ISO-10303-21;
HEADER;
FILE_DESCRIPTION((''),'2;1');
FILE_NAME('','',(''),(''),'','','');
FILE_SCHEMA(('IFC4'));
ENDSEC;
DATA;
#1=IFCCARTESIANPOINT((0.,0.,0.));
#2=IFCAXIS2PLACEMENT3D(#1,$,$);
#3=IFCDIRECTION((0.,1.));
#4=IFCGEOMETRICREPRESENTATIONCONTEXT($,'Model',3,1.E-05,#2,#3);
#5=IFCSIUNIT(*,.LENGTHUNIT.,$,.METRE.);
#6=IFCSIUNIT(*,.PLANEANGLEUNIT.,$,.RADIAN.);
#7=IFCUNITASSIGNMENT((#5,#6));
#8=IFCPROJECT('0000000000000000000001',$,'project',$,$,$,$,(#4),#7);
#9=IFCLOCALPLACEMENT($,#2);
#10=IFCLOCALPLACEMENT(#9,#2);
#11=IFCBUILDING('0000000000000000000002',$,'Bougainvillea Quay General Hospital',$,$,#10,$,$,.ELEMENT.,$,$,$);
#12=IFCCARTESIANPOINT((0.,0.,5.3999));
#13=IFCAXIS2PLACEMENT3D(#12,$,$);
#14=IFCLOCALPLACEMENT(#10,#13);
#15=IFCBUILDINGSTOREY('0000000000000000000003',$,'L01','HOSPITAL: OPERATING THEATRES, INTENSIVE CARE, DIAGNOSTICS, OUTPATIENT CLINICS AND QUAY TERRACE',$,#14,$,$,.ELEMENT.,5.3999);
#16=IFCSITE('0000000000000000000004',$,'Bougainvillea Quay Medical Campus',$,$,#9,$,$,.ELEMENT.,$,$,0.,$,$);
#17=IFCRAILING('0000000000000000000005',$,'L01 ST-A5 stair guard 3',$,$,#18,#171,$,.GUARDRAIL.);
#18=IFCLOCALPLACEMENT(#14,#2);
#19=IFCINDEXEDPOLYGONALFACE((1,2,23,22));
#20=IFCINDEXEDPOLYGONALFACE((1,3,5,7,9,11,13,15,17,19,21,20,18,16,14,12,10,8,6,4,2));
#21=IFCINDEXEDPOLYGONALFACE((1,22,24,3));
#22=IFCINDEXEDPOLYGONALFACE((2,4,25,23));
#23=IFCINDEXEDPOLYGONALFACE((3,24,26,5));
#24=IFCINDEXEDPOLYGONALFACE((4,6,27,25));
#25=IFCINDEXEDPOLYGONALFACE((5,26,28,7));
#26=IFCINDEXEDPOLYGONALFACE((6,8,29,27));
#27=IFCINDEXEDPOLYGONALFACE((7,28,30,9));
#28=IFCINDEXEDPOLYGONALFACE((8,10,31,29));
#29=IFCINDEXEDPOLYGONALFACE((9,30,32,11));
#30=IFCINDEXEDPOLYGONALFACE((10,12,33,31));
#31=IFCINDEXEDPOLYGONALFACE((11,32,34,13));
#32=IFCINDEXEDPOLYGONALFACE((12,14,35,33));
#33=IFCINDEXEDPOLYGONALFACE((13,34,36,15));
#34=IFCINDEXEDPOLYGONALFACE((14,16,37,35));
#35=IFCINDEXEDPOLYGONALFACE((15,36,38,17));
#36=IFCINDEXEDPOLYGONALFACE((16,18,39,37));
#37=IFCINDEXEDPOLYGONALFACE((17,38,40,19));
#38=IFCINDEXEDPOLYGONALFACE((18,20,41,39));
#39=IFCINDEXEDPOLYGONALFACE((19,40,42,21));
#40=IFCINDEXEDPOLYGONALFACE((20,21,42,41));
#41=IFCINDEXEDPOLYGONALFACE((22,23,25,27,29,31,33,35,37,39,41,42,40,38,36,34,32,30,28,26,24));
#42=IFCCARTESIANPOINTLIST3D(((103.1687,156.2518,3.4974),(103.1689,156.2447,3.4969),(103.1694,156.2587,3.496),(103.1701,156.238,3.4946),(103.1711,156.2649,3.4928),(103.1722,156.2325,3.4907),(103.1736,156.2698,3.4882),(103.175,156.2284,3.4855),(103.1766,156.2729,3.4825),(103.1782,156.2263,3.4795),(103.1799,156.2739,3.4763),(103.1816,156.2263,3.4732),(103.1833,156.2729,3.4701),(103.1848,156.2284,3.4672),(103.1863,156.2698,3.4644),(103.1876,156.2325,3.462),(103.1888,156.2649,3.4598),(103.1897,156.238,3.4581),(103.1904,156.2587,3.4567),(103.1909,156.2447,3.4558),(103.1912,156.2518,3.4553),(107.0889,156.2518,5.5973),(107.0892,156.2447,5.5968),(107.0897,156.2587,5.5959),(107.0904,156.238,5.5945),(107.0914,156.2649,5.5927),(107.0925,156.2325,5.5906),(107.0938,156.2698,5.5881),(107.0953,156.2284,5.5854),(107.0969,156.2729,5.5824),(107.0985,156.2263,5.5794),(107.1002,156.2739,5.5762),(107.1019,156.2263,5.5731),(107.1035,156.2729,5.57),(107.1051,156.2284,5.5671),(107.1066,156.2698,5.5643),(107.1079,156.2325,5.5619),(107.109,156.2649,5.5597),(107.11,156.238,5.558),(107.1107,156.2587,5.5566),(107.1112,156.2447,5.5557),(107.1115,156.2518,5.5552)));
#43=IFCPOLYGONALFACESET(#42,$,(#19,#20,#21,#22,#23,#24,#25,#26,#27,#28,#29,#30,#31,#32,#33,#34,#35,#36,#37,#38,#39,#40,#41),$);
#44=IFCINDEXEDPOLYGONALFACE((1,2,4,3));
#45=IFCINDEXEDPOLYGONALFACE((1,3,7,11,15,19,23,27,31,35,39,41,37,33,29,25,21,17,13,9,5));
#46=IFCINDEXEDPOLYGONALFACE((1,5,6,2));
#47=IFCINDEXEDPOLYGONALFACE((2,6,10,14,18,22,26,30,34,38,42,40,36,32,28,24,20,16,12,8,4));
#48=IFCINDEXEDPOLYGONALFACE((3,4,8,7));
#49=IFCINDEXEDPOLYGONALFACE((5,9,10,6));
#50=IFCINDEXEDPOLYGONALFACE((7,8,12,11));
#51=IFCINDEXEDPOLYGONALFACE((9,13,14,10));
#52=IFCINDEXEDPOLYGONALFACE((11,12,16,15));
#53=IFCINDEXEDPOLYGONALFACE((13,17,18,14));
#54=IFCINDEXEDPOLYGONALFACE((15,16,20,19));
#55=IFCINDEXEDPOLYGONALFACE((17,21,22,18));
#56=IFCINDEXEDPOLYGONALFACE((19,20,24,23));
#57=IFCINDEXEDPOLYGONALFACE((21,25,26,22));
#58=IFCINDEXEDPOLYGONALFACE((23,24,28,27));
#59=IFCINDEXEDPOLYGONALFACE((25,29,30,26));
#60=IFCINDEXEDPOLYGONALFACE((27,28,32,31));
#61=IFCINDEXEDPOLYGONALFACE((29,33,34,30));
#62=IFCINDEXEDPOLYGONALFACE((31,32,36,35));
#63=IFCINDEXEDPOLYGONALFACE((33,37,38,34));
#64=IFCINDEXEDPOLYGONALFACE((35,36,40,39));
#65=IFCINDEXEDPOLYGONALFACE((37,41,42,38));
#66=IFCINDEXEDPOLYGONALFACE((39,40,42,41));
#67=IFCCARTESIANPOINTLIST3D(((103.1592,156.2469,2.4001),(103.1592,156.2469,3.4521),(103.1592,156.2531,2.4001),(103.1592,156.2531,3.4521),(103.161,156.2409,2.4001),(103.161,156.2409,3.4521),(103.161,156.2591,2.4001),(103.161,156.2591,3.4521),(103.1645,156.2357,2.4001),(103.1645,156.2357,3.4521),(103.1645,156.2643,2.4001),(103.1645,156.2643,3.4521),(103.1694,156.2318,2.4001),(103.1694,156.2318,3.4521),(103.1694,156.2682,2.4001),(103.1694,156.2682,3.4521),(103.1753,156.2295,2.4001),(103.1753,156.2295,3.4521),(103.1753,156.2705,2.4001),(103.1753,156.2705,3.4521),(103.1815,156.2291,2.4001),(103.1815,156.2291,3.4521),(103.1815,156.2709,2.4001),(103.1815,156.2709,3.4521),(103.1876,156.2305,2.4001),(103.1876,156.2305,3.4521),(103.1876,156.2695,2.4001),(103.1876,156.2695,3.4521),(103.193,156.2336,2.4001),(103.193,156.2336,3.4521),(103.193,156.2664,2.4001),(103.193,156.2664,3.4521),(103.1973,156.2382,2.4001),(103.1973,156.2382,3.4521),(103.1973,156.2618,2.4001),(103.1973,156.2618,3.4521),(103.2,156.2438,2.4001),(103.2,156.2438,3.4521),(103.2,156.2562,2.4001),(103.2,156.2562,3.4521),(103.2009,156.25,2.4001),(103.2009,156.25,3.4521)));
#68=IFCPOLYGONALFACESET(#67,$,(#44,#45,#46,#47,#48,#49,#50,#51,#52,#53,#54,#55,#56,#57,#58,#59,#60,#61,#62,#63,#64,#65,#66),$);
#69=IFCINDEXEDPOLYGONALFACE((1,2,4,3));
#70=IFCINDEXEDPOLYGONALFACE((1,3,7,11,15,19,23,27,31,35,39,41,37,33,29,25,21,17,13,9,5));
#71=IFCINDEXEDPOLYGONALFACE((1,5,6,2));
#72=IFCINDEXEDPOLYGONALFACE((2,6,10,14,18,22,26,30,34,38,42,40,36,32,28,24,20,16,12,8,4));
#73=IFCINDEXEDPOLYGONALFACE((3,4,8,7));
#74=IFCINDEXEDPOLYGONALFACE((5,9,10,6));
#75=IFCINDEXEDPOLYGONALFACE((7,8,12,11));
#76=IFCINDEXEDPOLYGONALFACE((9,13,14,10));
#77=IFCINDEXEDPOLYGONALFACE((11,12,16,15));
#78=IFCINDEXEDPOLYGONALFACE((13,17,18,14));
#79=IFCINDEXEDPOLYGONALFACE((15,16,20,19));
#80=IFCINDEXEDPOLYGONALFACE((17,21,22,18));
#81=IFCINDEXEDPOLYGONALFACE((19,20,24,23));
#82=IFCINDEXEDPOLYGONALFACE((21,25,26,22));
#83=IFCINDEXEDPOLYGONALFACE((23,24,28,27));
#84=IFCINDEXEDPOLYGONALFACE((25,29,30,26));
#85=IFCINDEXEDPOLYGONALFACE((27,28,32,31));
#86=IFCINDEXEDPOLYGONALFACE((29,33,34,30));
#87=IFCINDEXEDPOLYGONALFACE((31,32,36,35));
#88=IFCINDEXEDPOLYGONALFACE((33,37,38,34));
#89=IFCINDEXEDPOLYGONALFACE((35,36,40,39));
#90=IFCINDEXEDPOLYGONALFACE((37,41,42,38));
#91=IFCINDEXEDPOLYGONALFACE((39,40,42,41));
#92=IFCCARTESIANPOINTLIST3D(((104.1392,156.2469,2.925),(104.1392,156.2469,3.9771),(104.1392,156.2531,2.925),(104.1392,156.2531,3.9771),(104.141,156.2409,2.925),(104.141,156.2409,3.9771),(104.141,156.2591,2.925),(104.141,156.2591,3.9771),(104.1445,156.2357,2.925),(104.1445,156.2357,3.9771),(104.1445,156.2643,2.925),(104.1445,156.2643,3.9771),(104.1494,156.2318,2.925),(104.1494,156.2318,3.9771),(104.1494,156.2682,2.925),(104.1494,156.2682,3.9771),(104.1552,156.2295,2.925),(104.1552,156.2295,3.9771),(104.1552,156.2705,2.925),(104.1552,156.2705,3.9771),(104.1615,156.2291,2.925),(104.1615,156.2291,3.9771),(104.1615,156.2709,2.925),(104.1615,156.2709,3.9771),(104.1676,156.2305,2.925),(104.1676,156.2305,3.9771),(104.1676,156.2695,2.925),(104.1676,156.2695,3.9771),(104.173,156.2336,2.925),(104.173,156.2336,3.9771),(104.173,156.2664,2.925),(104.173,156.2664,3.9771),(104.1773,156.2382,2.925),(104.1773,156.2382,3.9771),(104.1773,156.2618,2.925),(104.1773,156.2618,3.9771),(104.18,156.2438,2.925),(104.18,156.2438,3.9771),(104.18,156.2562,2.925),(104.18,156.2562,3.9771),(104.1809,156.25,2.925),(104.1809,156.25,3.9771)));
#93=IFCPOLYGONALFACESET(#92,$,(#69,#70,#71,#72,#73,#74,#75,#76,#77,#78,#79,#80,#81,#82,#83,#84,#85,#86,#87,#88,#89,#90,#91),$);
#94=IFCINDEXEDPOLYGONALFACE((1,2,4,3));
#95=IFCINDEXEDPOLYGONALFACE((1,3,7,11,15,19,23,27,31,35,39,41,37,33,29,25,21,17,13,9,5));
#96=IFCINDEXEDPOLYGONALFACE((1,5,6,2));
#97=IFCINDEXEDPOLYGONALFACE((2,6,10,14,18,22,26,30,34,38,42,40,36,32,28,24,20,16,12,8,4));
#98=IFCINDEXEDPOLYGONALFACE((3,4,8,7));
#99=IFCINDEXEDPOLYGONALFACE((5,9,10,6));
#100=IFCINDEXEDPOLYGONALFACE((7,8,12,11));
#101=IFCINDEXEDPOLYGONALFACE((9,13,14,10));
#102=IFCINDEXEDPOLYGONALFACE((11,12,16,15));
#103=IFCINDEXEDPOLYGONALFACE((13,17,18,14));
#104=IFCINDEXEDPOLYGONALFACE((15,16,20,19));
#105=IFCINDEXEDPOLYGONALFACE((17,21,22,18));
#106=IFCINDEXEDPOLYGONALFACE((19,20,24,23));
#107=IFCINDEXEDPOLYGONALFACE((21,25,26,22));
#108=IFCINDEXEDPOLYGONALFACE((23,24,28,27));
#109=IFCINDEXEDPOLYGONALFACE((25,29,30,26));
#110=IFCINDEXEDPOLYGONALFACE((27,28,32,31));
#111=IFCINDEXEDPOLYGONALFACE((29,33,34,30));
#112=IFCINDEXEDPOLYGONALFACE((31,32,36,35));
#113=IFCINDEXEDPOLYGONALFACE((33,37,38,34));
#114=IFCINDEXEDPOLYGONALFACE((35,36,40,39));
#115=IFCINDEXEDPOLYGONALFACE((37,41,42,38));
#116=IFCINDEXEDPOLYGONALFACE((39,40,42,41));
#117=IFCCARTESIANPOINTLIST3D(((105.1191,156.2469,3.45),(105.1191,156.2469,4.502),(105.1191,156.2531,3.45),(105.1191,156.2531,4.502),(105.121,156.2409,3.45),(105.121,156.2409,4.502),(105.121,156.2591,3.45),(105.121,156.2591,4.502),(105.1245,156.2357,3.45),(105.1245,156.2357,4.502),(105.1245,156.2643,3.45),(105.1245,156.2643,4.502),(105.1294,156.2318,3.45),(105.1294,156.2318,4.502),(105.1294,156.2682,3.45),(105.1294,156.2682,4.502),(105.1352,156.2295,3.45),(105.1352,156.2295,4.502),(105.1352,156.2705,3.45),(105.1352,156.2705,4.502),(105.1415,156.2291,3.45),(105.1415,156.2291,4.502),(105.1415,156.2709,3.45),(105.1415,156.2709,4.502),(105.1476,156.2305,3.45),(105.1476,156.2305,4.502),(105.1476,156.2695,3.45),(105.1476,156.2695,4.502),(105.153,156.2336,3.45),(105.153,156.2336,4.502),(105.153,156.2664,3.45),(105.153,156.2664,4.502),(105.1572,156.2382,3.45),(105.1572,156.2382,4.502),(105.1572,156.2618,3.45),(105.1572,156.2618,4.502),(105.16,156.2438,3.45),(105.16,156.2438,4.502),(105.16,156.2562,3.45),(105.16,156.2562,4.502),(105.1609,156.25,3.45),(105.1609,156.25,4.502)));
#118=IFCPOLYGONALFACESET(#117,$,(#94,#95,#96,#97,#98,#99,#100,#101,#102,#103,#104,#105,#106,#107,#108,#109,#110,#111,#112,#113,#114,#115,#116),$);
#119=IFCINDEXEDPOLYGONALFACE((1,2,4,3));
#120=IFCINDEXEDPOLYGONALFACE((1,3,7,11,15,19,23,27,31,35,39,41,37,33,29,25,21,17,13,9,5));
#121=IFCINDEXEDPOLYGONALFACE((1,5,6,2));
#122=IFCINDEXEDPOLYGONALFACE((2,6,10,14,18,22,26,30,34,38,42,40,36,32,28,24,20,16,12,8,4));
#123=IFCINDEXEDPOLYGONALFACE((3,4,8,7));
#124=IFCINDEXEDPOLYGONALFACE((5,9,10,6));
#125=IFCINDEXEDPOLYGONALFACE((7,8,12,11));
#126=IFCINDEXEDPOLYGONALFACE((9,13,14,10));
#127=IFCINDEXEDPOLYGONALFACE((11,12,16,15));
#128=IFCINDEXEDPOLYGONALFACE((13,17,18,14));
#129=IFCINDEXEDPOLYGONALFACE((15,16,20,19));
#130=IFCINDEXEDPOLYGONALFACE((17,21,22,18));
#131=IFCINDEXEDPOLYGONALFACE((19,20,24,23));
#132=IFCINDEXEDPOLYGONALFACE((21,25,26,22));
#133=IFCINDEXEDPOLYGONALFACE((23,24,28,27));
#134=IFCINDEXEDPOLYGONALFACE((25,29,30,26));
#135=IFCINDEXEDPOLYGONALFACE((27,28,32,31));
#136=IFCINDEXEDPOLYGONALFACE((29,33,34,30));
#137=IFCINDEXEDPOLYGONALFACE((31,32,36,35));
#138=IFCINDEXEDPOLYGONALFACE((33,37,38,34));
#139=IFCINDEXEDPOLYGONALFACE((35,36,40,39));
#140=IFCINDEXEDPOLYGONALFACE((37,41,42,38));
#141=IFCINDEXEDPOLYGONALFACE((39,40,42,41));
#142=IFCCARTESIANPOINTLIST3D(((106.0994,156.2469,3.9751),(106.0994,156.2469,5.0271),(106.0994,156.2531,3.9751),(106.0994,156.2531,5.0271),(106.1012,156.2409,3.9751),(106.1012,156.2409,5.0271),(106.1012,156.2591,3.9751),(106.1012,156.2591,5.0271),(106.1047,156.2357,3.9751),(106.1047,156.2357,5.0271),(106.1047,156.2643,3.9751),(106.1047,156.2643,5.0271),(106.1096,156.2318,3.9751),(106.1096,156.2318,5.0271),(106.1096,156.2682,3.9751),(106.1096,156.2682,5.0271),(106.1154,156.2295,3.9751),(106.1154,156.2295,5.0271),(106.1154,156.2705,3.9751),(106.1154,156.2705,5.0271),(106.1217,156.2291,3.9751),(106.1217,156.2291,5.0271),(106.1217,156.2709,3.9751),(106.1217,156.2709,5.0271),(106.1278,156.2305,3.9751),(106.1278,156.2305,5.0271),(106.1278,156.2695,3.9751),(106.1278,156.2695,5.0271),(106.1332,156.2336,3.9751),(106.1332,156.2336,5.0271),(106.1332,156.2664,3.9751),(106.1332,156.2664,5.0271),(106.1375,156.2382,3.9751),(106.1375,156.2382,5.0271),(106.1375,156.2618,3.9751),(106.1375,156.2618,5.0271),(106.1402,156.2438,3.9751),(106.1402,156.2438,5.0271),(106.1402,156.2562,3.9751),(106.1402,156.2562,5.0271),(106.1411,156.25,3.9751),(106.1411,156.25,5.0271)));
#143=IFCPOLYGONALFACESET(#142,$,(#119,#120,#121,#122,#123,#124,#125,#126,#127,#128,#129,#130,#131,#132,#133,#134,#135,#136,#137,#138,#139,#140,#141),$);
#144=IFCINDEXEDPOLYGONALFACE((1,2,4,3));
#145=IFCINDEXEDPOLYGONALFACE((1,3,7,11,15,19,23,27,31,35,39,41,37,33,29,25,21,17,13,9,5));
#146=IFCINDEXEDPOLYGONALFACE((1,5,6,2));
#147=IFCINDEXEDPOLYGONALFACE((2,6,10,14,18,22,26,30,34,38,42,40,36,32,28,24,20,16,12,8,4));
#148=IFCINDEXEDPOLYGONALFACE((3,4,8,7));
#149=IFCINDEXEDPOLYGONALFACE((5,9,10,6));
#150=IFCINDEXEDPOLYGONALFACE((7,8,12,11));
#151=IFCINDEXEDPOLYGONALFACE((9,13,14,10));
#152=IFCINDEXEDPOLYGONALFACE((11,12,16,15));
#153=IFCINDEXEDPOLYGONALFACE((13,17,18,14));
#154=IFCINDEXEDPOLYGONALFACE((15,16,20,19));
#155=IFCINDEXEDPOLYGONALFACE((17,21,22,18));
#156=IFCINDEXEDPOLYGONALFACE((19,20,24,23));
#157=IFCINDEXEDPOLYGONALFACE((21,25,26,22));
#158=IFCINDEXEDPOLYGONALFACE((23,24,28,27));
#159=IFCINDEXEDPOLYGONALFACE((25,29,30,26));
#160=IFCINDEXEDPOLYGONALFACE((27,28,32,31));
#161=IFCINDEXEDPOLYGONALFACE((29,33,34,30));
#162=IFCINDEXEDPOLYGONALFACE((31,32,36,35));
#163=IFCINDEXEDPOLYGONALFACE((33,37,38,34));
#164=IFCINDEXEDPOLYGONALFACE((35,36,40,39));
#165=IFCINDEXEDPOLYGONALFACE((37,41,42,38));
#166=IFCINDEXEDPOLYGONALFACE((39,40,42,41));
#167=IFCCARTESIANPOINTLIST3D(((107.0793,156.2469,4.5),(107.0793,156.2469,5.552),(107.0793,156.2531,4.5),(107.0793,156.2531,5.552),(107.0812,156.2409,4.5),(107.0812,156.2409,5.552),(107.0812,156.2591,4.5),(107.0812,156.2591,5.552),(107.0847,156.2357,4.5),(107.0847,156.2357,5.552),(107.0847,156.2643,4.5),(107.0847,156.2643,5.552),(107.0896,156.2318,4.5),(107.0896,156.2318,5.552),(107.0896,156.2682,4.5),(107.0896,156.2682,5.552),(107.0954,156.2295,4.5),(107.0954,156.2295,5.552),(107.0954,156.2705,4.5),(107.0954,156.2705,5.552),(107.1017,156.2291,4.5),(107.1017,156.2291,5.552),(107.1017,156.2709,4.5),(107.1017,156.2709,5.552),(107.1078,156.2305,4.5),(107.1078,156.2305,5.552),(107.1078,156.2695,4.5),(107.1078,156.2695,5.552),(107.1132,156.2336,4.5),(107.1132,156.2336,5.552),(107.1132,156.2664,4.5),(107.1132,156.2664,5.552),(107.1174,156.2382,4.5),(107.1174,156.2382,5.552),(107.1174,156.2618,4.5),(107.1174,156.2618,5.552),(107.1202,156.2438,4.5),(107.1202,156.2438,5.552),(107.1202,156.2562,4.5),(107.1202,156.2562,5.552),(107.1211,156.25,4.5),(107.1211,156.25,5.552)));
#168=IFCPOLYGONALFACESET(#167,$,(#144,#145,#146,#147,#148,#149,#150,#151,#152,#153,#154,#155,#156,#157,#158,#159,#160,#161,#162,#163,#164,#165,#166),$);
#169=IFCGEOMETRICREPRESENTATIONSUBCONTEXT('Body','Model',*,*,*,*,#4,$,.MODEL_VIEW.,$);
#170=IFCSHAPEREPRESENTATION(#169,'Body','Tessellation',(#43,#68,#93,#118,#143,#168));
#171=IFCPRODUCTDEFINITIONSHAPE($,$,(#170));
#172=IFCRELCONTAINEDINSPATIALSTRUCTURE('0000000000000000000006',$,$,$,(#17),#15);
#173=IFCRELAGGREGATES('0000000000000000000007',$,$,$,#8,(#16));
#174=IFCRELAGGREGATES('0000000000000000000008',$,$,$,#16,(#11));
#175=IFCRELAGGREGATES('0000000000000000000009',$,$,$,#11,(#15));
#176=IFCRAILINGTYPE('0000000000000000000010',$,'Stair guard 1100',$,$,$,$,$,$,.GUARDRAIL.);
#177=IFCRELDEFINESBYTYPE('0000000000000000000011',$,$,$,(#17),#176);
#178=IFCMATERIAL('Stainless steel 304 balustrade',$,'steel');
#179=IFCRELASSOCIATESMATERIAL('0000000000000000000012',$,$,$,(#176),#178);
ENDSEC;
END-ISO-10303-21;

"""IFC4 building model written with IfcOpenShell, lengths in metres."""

from ifc_helpers import new_model, si_unit, direction, frame, origin, origin_2d, place, context, subcontext, project, spatial, circle, extrude, material, type_object, element, save


model = new_model("IFC4")

# Units and contexts
model_context = context("Model", 3, precision=1e-05, world=origin(), true_north=direction((0.0, 1.0)))
body_context = subcontext(model_context, "Body", "Model", "MODEL_VIEW")
ifc_project = project(units=[si_unit("LENGTHUNIT", "METRE"), si_unit("PLANEANGLEUNIT", "RADIAN")], contexts=[model_context])

# Site, building, storey
site_placement = place(None, origin())
site = spatial("IfcSite", under=ifc_project, at=site_placement, Name="Bougainvillea Quay Medical Campus", CompositionType="ELEMENT", RefElevation=0.0)
building_placement = place(site_placement, origin())
building = spatial("IfcBuilding", under=site, at=building_placement, Name="Bougainvillea Quay General Hospital", CompositionType="ELEMENT")
storey_placement = place(building_placement, frame((0.0, 0.0, 5.3999)))
storey = spatial("IfcBuildingStorey", under=building, at=storey_placement, Name="L01", Description="HOSPITAL: OPERATING THEATRES, INTENSIVE CARE, DIAGNOSTICS, OUTPATIENT CLINICS AND QUAY TERRACE", CompositionType="ELEMENT", Elevation=5.3999)

# Railing
ifc_material_1 = material(Name="Stainless steel 304 balustrade", Category="steel")
railing_type_1 = type_object("IfcRailingType", Name="Stair guard 1100", PredefinedType="GUARDRAIL", material=ifc_material_1)
railing_1_placement = place(storey_placement, frame((103.1799, 156.25, 2.4001)))
element("IfcRailing", 1, at=railing_1_placement, inside=storey, type_object=railing_type_1, Name="L01 ST-A5 stair guard 3", PredefinedType="GUARDRAIL", context=body_context, shape_type="SweptSolid", body=[
    extrude(circle(Radius=0.0239, at=origin_2d()), frame((0.0, 0.0, 1.0762), z_axis=(0.881502, 0.0, 0.47218), x_axis=(0.0, 1.0, 0.0)), (0.0, 0.0, 1.0), 4.4473),
    extrude(circle(Radius=0.021, at=origin_2d()), origin(), (0.0, 0.0, 1.0), 1.052),
    extrude(circle(Radius=0.021, at=origin_2d()), frame((0.98, 0.0, 0.5249)), (0.0, 0.0, 1.0), 1.052),
    extrude(circle(Radius=0.021, at=origin_2d()), frame((1.96, 0.0, 1.0498)), (0.0, 0.0, 1.0), 1.052),
    extrude(circle(Radius=0.021, at=origin_2d()), frame((2.9402, 0.0, 1.575)), (0.0, 0.0, 1.0), 1.052),
    extrude(circle(Radius=0.021, at=origin_2d()), frame((3.9202, 0.0, 2.0999)), (0.0, 0.0, 1.0), 1.052),
])

save(model, "model.ifc")
